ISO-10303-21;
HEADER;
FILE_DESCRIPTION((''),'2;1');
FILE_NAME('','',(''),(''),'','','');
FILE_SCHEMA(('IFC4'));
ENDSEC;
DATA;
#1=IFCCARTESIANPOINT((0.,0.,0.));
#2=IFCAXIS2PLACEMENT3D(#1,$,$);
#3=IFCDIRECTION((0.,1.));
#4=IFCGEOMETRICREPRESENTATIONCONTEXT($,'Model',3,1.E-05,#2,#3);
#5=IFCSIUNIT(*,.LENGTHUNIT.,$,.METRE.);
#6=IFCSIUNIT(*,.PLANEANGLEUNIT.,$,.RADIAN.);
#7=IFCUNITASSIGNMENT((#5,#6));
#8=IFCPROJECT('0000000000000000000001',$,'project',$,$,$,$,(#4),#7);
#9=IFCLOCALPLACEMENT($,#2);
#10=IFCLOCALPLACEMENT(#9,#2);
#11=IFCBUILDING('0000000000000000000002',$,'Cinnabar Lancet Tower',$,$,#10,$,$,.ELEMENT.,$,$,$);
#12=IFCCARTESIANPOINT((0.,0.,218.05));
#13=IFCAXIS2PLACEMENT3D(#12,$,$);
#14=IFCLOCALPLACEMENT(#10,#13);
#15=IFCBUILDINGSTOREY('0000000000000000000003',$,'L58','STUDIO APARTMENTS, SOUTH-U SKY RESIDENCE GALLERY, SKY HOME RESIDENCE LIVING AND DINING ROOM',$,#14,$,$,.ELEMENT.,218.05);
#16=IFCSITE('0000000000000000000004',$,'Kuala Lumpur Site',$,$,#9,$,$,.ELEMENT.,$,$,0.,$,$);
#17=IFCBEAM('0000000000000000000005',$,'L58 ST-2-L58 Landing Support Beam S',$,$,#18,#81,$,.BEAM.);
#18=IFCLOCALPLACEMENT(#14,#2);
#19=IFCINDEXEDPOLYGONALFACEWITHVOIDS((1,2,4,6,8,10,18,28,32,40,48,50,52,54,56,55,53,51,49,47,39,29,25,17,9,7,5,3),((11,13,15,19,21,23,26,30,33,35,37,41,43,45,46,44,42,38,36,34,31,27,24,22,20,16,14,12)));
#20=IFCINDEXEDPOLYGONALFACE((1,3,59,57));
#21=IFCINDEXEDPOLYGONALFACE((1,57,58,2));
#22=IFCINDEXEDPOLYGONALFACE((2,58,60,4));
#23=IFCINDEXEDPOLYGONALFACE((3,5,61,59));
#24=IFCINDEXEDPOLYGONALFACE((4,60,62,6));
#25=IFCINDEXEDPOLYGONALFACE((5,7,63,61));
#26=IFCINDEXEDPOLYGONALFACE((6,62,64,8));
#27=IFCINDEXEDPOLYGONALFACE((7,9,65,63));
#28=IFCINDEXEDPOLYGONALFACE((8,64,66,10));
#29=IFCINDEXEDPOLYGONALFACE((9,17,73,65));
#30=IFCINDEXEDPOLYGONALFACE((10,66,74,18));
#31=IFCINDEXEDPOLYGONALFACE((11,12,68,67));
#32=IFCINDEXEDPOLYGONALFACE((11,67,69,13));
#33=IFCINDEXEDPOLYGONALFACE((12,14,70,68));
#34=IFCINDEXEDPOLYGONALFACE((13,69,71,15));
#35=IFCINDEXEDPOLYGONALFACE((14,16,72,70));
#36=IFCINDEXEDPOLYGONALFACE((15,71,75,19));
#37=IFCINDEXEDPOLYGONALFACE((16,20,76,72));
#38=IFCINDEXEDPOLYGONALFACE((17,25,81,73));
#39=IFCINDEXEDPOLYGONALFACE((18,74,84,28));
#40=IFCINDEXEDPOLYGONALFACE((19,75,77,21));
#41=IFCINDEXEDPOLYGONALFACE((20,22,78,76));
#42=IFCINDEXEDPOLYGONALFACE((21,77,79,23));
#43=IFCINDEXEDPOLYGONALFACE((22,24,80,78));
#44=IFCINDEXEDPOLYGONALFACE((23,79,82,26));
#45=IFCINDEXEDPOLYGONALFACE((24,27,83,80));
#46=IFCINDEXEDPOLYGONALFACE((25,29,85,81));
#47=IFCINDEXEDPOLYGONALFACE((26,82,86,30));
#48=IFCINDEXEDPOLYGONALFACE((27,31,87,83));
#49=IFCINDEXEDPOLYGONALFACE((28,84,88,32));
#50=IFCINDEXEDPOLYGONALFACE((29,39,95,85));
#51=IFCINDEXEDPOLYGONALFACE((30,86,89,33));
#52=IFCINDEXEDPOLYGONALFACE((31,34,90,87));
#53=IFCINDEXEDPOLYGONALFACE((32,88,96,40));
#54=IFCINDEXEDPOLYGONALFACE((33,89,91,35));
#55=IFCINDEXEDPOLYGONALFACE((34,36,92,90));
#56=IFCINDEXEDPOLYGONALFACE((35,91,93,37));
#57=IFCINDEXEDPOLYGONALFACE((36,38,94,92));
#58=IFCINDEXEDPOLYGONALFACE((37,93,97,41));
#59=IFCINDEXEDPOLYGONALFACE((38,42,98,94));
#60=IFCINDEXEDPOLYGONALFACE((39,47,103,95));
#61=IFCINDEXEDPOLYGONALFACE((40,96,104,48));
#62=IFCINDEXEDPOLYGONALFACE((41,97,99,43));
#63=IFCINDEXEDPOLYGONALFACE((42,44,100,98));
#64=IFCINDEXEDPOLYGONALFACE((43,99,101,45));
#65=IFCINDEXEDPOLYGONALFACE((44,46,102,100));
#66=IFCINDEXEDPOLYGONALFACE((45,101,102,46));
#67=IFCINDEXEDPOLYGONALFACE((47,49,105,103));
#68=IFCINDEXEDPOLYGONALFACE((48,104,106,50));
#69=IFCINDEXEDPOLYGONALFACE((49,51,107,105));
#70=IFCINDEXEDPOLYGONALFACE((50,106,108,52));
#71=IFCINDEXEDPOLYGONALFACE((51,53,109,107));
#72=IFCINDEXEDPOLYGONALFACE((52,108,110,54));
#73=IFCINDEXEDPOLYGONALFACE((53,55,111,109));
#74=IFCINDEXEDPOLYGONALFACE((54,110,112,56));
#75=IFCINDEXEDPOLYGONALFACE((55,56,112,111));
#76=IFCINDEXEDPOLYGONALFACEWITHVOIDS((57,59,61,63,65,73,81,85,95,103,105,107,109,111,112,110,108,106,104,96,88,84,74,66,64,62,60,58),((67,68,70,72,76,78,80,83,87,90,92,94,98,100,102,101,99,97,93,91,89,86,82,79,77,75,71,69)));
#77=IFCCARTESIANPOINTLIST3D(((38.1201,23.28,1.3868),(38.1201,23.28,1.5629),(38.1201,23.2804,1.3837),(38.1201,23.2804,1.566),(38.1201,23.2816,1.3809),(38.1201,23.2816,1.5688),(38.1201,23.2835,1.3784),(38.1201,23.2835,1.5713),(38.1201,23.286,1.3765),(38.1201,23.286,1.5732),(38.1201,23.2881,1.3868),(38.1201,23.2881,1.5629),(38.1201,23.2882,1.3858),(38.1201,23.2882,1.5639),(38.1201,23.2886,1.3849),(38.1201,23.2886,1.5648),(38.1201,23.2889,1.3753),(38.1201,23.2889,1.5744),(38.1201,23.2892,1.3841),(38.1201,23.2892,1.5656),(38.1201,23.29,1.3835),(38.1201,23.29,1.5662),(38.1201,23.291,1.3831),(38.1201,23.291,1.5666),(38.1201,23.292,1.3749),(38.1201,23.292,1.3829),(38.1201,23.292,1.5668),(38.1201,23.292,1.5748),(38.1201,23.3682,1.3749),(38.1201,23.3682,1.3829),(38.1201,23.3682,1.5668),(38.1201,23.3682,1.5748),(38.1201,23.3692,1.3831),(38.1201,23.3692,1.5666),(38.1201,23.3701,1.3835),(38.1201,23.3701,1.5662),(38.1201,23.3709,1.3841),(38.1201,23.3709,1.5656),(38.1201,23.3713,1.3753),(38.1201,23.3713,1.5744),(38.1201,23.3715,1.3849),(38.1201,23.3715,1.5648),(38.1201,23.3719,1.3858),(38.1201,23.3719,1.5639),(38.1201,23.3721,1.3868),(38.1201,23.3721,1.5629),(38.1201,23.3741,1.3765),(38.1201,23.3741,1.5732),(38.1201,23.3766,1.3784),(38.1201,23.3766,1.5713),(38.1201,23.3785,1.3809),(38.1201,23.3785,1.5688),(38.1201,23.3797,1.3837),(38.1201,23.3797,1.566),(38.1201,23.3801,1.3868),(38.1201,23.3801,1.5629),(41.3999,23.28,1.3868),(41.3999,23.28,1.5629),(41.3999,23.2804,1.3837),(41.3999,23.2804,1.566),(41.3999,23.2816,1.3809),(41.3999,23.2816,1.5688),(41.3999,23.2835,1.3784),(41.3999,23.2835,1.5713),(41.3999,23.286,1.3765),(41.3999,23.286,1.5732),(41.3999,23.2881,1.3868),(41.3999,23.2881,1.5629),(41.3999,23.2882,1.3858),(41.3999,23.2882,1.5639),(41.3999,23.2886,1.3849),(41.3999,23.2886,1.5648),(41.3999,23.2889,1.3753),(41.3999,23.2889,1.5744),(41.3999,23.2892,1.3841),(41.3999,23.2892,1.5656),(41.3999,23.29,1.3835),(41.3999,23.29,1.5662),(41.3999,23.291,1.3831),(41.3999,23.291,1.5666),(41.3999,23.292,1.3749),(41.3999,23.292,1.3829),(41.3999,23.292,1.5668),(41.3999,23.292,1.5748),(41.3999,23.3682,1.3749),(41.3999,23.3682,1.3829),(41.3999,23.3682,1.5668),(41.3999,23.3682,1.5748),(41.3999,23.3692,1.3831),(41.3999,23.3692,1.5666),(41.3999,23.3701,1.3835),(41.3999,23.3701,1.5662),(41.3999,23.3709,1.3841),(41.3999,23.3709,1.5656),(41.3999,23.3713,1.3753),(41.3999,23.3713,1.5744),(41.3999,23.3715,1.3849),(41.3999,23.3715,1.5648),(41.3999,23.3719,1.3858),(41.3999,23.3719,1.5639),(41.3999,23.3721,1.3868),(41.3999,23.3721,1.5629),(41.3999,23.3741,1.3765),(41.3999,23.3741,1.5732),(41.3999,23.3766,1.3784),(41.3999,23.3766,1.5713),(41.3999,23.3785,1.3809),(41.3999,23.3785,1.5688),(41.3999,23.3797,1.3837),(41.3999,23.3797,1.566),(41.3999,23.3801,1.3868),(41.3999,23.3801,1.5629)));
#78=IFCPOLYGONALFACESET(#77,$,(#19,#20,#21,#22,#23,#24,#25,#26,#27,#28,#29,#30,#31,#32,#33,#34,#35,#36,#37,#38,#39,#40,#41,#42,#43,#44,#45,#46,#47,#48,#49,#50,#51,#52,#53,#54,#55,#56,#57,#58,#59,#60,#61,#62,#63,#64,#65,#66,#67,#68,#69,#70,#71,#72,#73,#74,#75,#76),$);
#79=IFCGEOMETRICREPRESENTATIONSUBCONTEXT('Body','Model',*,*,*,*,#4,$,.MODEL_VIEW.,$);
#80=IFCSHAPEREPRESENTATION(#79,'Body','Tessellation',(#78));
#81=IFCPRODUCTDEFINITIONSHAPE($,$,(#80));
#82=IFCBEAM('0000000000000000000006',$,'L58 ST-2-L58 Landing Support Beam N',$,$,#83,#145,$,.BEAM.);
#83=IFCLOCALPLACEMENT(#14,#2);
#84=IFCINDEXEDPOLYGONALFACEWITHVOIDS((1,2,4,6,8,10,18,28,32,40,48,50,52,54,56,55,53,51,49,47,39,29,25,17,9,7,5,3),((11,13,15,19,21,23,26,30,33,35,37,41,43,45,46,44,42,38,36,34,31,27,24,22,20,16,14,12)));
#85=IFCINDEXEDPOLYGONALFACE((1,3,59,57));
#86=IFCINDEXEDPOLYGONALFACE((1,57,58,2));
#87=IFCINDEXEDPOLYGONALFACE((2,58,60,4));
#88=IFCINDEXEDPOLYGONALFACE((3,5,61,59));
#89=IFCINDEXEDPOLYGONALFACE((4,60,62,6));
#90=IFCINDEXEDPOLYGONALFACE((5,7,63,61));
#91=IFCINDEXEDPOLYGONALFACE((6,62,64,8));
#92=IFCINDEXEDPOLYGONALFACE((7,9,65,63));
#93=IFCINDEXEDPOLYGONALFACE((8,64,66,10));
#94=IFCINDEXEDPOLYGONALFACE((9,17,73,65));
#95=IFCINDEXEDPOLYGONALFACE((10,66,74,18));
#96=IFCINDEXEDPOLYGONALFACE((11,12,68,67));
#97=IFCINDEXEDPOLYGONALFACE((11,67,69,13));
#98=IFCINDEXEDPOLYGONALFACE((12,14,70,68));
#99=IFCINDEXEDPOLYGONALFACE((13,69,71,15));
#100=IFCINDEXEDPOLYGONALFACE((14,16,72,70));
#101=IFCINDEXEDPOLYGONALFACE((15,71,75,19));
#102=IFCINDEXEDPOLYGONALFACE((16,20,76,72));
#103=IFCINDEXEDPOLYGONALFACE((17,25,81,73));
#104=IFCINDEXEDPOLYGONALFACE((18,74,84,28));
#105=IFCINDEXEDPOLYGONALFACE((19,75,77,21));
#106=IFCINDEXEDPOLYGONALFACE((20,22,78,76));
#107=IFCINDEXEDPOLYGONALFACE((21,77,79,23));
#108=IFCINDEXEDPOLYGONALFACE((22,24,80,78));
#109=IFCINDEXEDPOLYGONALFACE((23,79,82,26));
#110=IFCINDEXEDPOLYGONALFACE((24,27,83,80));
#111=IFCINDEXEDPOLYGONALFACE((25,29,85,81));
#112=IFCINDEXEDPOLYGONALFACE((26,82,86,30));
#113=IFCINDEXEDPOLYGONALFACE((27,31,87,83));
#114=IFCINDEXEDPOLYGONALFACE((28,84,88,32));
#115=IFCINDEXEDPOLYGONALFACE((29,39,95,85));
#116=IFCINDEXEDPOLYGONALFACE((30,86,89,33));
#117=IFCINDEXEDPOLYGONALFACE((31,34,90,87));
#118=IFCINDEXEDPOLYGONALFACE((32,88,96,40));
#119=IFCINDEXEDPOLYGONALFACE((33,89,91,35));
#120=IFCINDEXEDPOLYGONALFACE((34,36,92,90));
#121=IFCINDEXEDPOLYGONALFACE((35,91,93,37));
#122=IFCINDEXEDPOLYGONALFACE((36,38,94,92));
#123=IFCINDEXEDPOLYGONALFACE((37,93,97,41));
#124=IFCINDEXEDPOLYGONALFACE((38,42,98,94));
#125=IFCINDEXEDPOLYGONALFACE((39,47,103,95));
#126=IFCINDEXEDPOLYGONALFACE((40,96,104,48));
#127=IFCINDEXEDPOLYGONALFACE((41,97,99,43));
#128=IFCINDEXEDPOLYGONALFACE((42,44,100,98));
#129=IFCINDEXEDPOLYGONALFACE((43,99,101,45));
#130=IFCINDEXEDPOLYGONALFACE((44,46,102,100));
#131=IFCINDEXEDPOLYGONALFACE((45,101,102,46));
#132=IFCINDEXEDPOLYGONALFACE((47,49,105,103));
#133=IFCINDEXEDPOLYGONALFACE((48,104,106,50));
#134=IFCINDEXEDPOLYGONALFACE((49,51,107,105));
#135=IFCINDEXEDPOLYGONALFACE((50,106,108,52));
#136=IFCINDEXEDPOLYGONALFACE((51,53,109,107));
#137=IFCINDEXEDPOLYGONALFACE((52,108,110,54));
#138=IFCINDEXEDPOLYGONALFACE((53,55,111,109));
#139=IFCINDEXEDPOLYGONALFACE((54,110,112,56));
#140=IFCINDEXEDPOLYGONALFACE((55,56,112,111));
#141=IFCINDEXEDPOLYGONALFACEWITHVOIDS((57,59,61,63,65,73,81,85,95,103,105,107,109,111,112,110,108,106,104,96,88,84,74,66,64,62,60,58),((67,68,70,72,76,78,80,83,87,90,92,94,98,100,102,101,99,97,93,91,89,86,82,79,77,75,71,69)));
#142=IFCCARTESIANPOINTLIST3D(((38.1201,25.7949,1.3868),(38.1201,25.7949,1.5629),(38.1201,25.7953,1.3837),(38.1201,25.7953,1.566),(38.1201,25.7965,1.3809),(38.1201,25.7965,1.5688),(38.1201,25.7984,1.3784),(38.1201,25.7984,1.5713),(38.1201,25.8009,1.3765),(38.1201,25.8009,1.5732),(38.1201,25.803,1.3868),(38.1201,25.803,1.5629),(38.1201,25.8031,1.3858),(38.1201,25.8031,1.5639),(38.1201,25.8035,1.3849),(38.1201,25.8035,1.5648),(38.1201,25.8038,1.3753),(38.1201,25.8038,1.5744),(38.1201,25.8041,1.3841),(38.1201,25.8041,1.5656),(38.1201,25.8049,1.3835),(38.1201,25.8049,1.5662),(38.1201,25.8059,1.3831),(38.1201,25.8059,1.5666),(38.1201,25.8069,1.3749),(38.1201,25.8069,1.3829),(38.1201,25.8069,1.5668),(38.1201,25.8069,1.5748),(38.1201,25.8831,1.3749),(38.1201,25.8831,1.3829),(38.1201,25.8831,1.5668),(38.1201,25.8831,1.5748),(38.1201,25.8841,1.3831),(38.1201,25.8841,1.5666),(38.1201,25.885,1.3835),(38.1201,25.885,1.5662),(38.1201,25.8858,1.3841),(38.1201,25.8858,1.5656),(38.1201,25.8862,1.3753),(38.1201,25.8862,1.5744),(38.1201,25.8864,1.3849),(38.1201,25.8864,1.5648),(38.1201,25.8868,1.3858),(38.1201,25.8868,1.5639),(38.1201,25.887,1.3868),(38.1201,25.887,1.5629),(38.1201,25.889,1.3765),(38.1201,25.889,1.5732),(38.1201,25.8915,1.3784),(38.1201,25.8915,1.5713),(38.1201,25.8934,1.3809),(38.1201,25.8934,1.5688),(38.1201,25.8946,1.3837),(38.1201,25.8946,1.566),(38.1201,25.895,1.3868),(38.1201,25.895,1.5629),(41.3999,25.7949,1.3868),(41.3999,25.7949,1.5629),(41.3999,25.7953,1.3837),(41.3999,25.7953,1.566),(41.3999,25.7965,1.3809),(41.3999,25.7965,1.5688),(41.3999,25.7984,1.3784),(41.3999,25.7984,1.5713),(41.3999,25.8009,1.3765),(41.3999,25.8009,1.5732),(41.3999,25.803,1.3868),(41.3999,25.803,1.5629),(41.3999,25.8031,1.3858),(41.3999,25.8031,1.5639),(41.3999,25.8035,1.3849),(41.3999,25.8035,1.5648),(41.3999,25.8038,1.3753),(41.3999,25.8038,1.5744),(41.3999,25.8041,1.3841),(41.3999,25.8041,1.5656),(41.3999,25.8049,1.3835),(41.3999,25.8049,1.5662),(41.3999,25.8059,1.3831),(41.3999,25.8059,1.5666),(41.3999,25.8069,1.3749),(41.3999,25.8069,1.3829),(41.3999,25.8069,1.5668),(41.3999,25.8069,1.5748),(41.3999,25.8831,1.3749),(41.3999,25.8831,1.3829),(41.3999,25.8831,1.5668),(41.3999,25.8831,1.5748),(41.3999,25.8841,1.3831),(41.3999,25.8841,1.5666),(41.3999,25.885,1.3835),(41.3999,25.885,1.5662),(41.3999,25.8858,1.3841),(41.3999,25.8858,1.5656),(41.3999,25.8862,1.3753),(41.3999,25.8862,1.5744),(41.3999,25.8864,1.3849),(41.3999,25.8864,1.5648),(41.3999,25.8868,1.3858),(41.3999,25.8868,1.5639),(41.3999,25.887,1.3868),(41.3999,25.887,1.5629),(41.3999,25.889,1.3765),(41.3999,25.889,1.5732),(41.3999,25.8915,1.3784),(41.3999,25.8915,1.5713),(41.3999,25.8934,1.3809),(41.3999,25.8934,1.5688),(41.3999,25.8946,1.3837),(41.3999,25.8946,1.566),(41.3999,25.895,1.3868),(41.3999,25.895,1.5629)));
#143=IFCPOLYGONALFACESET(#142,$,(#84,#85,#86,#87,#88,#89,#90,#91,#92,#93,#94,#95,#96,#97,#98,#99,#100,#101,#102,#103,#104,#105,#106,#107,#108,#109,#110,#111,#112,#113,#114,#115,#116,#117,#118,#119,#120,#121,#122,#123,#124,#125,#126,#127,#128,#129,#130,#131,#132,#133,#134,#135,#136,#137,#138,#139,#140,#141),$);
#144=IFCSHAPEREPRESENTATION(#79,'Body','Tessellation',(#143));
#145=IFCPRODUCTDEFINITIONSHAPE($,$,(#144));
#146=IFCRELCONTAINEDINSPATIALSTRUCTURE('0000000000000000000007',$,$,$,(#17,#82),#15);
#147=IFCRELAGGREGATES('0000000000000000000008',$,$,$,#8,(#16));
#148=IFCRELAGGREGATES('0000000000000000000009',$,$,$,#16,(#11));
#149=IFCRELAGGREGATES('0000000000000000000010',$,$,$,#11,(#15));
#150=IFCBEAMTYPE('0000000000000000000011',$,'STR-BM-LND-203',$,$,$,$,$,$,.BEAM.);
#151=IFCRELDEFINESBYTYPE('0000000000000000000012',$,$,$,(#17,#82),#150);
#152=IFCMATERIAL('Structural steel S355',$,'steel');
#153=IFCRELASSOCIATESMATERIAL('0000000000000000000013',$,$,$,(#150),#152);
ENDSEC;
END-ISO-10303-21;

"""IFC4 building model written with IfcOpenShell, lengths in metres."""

from ifc_helpers import new_model, si_unit, direction, frame, origin, origin_2d, place, context, subcontext, project, spatial, hollow_rectangle, extrude, material, material_profile, profile_set, type_object, element, save


model = new_model("IFC4")

# Units and contexts
model_context = context("Model", 3, precision=1e-05, world=origin(), true_north=direction((0.0, 1.0)))
body_context = subcontext(model_context, "Body", "Model", "MODEL_VIEW")
ifc_project = project(units=[si_unit("LENGTHUNIT", "METRE"), si_unit("PLANEANGLEUNIT", "RADIAN")], contexts=[model_context])

# Site, building, storey
site_placement = place(None, origin())
site = spatial("IfcSite", under=ifc_project, at=site_placement, Name="Kuala Lumpur Site", CompositionType="ELEMENT", RefElevation=0.0)
building_placement = place(site_placement, origin())
building = spatial("IfcBuilding", under=site, at=building_placement, Name="Cinnabar Lancet Tower", CompositionType="ELEMENT")
storey_placement = place(building_placement, frame((0.0, 0.0, 218.05)))
storey = spatial("IfcBuildingStorey", under=building, at=storey_placement, Name="L58", Description="STUDIO APARTMENTS, SOUTH-U SKY RESIDENCE GALLERY, SKY HOME RESIDENCE LIVING AND DINING ROOM", CompositionType="ELEMENT", Elevation=218.05)

# Beams
ifc_material_1 = material(Name="Structural steel S355", Category="steel")
ifc_material_profile = material_profile(ifc_material_1, hollow_rectangle(XDim=0.1001, YDim=0.2, WallThickness=0.0081, InnerFilletRadius=0.0039, OuterFilletRadius=0.012, at=origin_2d()), Name="RHS 200x100x8")
ifc_profile_set = profile_set([ifc_material_profile], Name="Structural steel S355")
beam_type = type_object("IfcBeamType", Name="STR-BM-LND-203", PredefinedType="BEAM", material=ifc_profile_set)
for number, where, z_axis, x_axis, name in (
    (1, (38.1201, 23.3301, 1.4749), (1.0, 0.0, 0.0), (0.0, 1.0, 0.0), "L58 ST-2-L58 Landing Support Beam S"),
    (2, (38.1201, 25.845, 1.4749), (1.0, 0.0, 0.0), (0.0, 1.0, 0.0), "L58 ST-2-L58 Landing Support Beam N"),
):
    element("IfcBeam", number, at=place(storey_placement, frame(where, z_axis=z_axis, x_axis=x_axis)), inside=storey, type_object=beam_type, Name=name, PredefinedType="BEAM", context=body_context, shape_type="SweptSolid", body=[
        extrude(hollow_rectangle(XDim=0.1001, YDim=0.2, WallThickness=0.0081, InnerFilletRadius=0.0039, OuterFilletRadius=0.012, at=origin_2d()), origin(), (0.0, 0.0, 1.0), 3.2798),
    ])

save(model, "model.ifc")
